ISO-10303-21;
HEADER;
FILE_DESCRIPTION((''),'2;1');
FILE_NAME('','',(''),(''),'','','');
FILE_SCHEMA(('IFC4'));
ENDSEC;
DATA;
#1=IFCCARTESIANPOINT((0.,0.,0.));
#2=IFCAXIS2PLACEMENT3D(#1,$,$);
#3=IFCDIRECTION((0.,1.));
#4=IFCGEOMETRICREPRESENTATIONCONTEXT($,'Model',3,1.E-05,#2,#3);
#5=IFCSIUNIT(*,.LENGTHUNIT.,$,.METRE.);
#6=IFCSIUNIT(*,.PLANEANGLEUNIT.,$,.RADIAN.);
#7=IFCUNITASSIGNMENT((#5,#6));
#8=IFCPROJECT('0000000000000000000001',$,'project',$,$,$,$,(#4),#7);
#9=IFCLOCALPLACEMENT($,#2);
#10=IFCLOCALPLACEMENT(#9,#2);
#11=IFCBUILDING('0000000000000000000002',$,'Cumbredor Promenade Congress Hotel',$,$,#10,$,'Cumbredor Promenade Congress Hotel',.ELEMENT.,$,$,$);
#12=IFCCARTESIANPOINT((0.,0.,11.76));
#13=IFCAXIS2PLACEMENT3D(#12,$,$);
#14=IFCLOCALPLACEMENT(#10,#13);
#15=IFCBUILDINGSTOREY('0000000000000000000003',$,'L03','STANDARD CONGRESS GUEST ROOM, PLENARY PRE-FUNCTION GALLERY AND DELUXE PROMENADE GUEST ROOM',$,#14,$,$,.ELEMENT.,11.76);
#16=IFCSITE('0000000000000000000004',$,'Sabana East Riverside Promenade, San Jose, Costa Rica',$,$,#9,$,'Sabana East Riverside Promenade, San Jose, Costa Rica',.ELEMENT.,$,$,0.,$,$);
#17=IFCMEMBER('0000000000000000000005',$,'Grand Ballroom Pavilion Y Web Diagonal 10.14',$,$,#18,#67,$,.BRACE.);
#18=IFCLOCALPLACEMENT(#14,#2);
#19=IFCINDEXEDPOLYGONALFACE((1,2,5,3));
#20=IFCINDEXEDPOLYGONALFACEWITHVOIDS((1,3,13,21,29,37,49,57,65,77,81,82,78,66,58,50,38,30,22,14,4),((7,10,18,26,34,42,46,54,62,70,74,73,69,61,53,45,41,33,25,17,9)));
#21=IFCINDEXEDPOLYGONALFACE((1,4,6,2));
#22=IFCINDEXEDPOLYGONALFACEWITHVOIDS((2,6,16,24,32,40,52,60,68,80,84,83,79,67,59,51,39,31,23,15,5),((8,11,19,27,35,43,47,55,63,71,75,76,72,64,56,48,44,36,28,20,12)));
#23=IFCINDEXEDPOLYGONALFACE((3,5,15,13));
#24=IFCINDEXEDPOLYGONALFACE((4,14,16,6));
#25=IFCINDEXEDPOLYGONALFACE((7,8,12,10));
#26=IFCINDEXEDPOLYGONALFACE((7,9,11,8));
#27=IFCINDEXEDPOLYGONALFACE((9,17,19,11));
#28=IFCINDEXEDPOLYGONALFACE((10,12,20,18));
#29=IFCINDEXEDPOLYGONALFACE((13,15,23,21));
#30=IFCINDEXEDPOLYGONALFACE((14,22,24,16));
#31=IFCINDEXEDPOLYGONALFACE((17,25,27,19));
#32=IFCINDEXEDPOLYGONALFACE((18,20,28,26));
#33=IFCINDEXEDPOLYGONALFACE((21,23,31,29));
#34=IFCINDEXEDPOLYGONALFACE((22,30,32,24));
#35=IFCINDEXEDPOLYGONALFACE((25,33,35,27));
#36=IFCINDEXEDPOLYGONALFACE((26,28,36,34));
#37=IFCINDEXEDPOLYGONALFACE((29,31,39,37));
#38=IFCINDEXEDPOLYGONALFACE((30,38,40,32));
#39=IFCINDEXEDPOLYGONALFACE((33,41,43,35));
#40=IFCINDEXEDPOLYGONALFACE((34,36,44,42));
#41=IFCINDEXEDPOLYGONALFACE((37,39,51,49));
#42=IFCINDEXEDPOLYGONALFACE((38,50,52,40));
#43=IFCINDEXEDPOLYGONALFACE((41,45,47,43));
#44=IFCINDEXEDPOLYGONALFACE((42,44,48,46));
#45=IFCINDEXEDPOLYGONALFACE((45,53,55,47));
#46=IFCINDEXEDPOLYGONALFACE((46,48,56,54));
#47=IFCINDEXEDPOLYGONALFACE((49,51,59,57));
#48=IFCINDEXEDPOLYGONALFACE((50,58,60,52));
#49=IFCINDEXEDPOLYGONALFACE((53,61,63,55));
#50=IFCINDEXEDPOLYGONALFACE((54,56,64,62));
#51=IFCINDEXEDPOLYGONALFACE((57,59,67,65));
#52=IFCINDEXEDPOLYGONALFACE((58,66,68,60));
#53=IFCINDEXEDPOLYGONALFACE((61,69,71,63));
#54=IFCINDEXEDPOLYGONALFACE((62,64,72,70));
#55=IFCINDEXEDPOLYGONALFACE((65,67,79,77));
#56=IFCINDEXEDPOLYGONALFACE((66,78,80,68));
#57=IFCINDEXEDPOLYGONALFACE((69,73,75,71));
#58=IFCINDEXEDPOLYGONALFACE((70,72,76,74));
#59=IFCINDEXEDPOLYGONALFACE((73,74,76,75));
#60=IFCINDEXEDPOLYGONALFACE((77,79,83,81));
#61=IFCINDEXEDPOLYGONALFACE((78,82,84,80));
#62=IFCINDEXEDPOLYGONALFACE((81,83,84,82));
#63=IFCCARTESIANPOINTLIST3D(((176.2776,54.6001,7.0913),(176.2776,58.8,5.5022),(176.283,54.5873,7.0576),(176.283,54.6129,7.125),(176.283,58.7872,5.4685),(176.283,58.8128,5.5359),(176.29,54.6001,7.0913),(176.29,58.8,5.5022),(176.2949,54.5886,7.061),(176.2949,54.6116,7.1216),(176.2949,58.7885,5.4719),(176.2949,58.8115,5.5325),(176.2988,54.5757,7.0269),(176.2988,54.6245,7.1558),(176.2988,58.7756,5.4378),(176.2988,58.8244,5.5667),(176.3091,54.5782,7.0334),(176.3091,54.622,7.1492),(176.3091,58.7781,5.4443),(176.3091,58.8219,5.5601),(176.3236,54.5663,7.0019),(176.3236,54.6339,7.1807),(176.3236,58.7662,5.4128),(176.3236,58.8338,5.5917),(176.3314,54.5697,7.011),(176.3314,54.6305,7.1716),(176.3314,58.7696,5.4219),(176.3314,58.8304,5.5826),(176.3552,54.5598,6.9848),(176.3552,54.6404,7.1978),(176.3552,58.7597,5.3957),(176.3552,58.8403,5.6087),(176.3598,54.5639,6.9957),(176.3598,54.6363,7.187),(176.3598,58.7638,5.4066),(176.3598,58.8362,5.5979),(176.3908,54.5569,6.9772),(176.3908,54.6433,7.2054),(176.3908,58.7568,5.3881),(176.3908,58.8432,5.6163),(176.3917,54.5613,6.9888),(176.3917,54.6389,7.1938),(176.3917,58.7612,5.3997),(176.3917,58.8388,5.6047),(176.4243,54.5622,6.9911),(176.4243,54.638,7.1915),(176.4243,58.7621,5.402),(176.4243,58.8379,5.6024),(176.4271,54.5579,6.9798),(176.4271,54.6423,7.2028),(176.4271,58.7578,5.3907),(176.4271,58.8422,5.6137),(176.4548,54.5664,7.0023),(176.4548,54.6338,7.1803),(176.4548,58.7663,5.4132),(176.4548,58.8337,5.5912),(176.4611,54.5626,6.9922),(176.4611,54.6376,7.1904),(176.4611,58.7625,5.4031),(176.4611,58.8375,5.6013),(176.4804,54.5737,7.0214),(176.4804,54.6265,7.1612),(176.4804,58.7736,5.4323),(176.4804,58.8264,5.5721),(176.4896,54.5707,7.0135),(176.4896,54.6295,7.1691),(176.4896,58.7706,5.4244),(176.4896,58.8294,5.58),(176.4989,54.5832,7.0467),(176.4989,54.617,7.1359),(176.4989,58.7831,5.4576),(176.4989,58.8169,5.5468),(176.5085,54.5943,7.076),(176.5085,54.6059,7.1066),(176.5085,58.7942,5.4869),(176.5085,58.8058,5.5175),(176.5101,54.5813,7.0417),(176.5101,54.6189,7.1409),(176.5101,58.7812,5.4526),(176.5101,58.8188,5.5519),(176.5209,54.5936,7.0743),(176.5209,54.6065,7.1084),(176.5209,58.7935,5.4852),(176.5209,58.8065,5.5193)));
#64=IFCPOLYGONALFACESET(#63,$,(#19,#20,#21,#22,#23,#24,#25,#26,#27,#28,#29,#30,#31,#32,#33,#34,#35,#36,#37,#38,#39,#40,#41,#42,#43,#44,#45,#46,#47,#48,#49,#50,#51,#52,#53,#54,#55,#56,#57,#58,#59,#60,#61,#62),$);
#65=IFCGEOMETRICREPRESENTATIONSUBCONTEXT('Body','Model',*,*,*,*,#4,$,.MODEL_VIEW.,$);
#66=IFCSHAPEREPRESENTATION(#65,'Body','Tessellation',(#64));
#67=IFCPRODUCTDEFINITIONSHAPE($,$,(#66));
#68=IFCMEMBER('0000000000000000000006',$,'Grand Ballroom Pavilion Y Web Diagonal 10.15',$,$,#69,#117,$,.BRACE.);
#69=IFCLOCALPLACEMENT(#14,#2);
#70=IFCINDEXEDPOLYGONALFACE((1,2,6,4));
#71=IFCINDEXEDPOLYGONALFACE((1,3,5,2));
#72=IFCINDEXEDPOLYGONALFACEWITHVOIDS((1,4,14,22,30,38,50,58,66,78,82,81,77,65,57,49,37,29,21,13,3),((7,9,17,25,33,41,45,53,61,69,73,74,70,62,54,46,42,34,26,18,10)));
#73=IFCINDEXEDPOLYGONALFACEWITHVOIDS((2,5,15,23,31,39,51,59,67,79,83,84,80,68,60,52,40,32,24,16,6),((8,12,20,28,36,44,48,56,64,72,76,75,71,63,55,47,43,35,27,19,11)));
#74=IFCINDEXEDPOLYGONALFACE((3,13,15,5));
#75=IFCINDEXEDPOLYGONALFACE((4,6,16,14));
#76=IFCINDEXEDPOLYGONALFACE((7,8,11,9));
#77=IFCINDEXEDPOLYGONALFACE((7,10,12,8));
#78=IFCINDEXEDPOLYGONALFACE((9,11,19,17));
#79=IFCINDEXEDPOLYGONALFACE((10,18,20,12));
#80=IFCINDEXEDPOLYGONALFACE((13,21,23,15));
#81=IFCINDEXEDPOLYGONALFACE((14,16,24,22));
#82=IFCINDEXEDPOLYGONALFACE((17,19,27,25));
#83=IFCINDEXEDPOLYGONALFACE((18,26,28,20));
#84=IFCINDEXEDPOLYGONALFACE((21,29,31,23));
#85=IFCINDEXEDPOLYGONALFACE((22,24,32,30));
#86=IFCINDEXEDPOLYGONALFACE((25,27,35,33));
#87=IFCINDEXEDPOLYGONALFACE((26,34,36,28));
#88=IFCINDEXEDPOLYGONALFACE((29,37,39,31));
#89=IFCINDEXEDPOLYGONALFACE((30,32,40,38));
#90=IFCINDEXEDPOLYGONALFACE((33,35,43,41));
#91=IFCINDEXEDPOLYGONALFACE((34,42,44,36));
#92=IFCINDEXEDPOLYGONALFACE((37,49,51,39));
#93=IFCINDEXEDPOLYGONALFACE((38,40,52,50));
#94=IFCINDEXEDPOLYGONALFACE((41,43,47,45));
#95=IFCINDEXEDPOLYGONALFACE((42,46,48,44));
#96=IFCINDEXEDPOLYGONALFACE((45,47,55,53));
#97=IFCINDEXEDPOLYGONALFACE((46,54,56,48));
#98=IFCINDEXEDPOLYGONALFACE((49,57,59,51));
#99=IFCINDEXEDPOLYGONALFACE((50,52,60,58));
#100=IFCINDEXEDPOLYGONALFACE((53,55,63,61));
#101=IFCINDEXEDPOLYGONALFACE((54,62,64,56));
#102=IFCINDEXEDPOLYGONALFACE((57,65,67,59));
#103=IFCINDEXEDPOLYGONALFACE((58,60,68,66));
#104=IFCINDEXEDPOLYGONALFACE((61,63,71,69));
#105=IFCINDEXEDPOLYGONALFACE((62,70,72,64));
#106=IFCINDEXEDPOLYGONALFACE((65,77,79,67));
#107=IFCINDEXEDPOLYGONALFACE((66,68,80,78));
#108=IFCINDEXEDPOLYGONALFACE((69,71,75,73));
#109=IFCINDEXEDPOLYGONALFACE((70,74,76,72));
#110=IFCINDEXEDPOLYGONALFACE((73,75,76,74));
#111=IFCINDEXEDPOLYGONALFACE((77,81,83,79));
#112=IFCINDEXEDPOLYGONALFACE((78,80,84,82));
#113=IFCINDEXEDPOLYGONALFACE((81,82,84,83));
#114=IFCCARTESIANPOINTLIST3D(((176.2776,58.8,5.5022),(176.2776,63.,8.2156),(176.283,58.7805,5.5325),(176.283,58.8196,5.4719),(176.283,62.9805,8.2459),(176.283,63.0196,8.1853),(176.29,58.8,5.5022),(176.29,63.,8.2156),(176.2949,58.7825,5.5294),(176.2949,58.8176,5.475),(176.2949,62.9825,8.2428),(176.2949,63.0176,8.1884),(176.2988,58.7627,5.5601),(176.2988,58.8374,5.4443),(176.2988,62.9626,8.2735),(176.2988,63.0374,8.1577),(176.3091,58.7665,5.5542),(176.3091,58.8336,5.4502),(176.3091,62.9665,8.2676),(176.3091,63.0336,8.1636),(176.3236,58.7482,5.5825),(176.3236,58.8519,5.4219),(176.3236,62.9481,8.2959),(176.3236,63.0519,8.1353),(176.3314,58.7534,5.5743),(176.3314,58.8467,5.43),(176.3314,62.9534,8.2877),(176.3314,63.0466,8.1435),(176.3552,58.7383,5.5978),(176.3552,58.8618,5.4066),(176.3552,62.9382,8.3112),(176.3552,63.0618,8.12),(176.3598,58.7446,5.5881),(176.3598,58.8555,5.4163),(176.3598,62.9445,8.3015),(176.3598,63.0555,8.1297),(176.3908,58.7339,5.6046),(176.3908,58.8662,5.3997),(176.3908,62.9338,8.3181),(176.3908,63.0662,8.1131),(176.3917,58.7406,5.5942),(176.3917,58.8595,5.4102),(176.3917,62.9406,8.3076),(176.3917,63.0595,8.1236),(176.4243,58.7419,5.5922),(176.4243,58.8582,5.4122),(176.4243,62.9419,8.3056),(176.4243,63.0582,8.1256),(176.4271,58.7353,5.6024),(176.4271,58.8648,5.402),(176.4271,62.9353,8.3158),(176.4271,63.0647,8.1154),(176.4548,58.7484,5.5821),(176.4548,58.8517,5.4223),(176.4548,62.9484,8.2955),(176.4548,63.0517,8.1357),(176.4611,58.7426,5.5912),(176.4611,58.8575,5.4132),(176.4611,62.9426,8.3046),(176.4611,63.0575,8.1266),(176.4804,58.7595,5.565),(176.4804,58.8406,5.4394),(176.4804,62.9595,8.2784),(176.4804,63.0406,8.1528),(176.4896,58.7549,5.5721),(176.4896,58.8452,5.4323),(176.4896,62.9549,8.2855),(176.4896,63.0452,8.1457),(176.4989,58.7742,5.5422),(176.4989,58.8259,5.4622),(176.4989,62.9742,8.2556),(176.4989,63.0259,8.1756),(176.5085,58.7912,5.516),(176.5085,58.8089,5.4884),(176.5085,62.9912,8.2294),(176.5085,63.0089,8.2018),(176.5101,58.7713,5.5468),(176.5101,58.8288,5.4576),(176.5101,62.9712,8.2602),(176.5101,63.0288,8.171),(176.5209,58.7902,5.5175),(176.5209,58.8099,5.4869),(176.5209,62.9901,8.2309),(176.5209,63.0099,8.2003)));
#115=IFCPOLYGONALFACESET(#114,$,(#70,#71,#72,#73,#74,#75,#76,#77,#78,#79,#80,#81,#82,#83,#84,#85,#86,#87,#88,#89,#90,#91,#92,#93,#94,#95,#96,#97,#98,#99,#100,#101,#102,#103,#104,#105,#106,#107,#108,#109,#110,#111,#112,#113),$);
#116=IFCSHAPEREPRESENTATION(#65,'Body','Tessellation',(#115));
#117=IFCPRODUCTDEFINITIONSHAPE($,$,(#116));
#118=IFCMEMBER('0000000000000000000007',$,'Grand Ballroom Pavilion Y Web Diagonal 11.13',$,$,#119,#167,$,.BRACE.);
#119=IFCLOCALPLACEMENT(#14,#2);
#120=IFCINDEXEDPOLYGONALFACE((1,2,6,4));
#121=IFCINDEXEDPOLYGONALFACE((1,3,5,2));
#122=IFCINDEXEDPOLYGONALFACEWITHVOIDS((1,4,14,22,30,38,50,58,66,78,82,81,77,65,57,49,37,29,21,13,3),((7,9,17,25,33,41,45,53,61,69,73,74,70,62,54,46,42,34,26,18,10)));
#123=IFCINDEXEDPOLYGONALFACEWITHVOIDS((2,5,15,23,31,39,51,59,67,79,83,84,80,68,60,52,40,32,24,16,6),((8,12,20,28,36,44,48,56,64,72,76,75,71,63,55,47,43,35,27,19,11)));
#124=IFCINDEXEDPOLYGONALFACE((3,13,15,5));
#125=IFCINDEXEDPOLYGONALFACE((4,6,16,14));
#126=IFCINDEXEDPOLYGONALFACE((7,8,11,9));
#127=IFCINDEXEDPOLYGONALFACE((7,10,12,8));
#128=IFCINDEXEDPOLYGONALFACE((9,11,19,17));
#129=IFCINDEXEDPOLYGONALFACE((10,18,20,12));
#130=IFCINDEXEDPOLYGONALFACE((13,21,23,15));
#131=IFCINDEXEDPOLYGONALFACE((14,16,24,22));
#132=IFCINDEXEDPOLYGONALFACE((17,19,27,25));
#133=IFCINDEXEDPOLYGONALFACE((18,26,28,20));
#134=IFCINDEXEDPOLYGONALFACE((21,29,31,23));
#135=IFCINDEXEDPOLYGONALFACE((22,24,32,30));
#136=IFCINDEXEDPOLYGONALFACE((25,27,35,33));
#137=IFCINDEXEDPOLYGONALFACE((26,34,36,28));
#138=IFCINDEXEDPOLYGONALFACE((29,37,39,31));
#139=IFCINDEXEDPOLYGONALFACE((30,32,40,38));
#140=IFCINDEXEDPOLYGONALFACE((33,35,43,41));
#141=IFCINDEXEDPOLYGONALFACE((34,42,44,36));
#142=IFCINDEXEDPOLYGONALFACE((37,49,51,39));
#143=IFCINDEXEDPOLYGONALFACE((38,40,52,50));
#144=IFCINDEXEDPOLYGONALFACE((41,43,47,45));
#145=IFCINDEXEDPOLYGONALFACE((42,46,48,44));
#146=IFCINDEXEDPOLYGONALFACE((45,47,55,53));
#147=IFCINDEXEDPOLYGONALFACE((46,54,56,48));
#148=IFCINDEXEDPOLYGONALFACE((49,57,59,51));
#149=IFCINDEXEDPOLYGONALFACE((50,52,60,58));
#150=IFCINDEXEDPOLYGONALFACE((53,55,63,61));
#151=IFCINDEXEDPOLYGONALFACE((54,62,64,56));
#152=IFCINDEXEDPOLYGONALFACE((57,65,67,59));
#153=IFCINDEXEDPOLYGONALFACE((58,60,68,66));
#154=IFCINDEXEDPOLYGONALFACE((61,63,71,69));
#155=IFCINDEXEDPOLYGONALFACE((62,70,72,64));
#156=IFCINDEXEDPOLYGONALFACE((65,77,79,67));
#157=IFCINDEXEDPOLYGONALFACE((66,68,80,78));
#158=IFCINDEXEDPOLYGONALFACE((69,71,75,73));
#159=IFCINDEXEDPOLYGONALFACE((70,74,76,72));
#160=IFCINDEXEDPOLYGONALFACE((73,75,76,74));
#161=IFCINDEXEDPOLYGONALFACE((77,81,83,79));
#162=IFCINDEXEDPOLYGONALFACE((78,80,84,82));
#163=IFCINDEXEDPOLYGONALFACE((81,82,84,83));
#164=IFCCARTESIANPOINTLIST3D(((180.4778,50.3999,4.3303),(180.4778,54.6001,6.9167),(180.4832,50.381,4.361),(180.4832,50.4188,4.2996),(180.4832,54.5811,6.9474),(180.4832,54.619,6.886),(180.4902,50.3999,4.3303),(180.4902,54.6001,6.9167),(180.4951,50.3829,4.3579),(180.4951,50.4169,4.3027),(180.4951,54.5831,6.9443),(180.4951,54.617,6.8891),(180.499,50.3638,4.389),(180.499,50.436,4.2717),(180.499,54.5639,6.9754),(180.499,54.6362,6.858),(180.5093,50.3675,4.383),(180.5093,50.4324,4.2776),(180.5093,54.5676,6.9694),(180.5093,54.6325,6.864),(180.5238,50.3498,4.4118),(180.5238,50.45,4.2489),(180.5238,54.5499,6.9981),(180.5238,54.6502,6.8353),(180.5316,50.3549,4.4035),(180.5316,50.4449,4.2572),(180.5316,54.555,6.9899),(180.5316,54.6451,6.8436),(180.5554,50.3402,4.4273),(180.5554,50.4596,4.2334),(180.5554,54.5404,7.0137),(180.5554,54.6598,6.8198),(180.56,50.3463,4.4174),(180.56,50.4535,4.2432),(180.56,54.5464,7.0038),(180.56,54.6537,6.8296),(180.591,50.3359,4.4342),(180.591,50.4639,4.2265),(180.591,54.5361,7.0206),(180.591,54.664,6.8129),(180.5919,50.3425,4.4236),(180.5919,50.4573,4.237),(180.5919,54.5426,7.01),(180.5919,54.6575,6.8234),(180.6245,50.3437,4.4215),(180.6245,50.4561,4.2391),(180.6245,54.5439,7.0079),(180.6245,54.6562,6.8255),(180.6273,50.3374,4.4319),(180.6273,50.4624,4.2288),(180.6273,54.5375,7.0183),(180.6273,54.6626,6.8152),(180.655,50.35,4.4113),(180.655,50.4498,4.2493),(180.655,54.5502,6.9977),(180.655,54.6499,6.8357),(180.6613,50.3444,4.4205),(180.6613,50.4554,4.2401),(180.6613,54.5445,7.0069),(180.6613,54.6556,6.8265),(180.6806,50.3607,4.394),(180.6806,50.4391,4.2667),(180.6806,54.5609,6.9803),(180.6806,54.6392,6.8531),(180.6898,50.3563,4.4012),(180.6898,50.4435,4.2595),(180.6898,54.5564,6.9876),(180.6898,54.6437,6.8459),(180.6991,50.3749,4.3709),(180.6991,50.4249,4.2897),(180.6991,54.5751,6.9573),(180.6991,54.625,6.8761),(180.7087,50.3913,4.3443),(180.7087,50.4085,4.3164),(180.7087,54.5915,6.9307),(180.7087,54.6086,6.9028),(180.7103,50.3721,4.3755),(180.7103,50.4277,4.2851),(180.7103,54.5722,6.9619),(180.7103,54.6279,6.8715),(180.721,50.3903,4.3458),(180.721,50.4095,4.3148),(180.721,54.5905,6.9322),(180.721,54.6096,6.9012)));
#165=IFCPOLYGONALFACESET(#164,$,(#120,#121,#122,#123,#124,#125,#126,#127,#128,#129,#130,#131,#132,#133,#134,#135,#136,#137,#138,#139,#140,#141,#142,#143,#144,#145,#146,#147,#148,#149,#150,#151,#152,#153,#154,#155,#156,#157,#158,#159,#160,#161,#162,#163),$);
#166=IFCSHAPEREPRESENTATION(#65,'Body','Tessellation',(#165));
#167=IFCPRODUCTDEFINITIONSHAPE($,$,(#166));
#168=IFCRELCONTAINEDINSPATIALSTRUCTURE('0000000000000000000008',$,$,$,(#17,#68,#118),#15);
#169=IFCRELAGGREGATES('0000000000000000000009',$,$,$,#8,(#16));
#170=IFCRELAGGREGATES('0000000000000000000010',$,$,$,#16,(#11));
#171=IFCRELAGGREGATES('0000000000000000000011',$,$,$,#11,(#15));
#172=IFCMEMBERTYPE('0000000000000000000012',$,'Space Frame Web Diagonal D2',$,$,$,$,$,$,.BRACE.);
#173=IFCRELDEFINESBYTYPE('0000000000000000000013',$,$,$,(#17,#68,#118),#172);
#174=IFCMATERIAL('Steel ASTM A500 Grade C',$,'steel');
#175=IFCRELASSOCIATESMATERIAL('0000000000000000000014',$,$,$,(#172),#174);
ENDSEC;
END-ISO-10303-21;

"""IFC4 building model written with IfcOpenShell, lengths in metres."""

from ifc_helpers import new_model, si_unit, direction, frame, origin, origin_2d, place, context, subcontext, project, spatial, hollow_circle, extrude, material, material_profile, profile_set, type_object, element, save


model = new_model("IFC4")

# Units and contexts
model_context = context("Model", 3, precision=1e-05, world=origin(), true_north=direction((0.0, 1.0)))
body_context = subcontext(model_context, "Body", "Model", "MODEL_VIEW")
ifc_project = project(units=[si_unit("LENGTHUNIT", "METRE"), si_unit("PLANEANGLEUNIT", "RADIAN")], contexts=[model_context])

# Site, building, storey
site_placement = place(None, origin())
site = spatial("IfcSite", under=ifc_project, at=site_placement, Name="Sabana East Riverside Promenade, San Jose, Costa Rica", LongName="Sabana East Riverside Promenade, San Jose, Costa Rica", CompositionType="ELEMENT", RefElevation=0.0)
building_placement = place(site_placement, origin())
building = spatial("IfcBuilding", under=site, at=building_placement, Name="Cumbredor Promenade Congress Hotel", LongName="Cumbredor Promenade Congress Hotel", CompositionType="ELEMENT")
storey_placement = place(building_placement, frame((0.0, 0.0, 11.76)))
storey = spatial("IfcBuildingStorey", under=building, at=storey_placement, Name="L03", Description="STANDARD CONGRESS GUEST ROOM, PLENARY PRE-FUNCTION GALLERY AND DELUXE PROMENADE GUEST ROOM", CompositionType="ELEMENT", Elevation=11.76)

# Members
ifc_material_1 = material(Name="Steel ASTM A500 Grade C", Category="steel")
ifc_material_profile_1 = material_profile(ifc_material_1, hollow_circle(Radius=0.1223, WallThickness=0.0125, at=origin_2d()), Name="CHS 244.5x12.5")
ifc_profile_set_1 = profile_set([ifc_material_profile_1], Name="Steel ASTM A500 Grade C")
member_type_1 = type_object("IfcMemberType", Name="Space Frame Web Diagonal D2", PredefinedType="BRACE", material=ifc_profile_set_1)
member_1_placement = place(storey_placement, frame((176.3999, 54.6001, 7.0913), z_axis=(0.0, 0.935291, -0.353881), x_axis=(-1.0, 0.0, 0.0)))
element("IfcMember", 1, at=member_1_placement, inside=storey, type_object=member_type_1, Name="Grand Ballroom Pavilion Y Web Diagonal 10.14", PredefinedType="BRACE", context=body_context, shape_type="SweptSolid", body=[
    extrude(hollow_circle(Radius=0.1223, WallThickness=0.0125, at=origin_2d()), origin(), (0.0, 0.0, 1.0), 4.4905),
])
member_2_placement = place(storey_placement, frame((176.3999, 58.8, 5.5022), z_axis=(0.0, 0.839956, 0.542654), x_axis=(-1.0, 0.0, 0.0)))
element("IfcMember", 2, at=member_2_placement, inside=storey, type_object=member_type_1, Name="Grand Ballroom Pavilion Y Web Diagonal 10.15", PredefinedType="BRACE", context=body_context, shape_type="SweptSolid", body=[
    extrude(hollow_circle(Radius=0.1223, WallThickness=0.0125, at=origin_2d()), origin(), (0.0, 0.0, 1.0), 5.0002),
])
member_3_placement = place(storey_placement, frame((180.6001, 50.3999, 4.3303), z_axis=(0.0, 0.851505, 0.524346), x_axis=(-1.0, 0.0, 0.0)))
element("IfcMember", 3, at=member_3_placement, inside=storey, type_object=member_type_1, Name="Grand Ballroom Pavilion Y Web Diagonal 11.13", PredefinedType="BRACE", context=body_context, shape_type="SweptSolid", body=[
    extrude(hollow_circle(Radius=0.1223, WallThickness=0.0125, at=origin_2d()), origin(), (0.0, 0.0, 1.0), 4.9326),
])

save(model, "model.ifc")
